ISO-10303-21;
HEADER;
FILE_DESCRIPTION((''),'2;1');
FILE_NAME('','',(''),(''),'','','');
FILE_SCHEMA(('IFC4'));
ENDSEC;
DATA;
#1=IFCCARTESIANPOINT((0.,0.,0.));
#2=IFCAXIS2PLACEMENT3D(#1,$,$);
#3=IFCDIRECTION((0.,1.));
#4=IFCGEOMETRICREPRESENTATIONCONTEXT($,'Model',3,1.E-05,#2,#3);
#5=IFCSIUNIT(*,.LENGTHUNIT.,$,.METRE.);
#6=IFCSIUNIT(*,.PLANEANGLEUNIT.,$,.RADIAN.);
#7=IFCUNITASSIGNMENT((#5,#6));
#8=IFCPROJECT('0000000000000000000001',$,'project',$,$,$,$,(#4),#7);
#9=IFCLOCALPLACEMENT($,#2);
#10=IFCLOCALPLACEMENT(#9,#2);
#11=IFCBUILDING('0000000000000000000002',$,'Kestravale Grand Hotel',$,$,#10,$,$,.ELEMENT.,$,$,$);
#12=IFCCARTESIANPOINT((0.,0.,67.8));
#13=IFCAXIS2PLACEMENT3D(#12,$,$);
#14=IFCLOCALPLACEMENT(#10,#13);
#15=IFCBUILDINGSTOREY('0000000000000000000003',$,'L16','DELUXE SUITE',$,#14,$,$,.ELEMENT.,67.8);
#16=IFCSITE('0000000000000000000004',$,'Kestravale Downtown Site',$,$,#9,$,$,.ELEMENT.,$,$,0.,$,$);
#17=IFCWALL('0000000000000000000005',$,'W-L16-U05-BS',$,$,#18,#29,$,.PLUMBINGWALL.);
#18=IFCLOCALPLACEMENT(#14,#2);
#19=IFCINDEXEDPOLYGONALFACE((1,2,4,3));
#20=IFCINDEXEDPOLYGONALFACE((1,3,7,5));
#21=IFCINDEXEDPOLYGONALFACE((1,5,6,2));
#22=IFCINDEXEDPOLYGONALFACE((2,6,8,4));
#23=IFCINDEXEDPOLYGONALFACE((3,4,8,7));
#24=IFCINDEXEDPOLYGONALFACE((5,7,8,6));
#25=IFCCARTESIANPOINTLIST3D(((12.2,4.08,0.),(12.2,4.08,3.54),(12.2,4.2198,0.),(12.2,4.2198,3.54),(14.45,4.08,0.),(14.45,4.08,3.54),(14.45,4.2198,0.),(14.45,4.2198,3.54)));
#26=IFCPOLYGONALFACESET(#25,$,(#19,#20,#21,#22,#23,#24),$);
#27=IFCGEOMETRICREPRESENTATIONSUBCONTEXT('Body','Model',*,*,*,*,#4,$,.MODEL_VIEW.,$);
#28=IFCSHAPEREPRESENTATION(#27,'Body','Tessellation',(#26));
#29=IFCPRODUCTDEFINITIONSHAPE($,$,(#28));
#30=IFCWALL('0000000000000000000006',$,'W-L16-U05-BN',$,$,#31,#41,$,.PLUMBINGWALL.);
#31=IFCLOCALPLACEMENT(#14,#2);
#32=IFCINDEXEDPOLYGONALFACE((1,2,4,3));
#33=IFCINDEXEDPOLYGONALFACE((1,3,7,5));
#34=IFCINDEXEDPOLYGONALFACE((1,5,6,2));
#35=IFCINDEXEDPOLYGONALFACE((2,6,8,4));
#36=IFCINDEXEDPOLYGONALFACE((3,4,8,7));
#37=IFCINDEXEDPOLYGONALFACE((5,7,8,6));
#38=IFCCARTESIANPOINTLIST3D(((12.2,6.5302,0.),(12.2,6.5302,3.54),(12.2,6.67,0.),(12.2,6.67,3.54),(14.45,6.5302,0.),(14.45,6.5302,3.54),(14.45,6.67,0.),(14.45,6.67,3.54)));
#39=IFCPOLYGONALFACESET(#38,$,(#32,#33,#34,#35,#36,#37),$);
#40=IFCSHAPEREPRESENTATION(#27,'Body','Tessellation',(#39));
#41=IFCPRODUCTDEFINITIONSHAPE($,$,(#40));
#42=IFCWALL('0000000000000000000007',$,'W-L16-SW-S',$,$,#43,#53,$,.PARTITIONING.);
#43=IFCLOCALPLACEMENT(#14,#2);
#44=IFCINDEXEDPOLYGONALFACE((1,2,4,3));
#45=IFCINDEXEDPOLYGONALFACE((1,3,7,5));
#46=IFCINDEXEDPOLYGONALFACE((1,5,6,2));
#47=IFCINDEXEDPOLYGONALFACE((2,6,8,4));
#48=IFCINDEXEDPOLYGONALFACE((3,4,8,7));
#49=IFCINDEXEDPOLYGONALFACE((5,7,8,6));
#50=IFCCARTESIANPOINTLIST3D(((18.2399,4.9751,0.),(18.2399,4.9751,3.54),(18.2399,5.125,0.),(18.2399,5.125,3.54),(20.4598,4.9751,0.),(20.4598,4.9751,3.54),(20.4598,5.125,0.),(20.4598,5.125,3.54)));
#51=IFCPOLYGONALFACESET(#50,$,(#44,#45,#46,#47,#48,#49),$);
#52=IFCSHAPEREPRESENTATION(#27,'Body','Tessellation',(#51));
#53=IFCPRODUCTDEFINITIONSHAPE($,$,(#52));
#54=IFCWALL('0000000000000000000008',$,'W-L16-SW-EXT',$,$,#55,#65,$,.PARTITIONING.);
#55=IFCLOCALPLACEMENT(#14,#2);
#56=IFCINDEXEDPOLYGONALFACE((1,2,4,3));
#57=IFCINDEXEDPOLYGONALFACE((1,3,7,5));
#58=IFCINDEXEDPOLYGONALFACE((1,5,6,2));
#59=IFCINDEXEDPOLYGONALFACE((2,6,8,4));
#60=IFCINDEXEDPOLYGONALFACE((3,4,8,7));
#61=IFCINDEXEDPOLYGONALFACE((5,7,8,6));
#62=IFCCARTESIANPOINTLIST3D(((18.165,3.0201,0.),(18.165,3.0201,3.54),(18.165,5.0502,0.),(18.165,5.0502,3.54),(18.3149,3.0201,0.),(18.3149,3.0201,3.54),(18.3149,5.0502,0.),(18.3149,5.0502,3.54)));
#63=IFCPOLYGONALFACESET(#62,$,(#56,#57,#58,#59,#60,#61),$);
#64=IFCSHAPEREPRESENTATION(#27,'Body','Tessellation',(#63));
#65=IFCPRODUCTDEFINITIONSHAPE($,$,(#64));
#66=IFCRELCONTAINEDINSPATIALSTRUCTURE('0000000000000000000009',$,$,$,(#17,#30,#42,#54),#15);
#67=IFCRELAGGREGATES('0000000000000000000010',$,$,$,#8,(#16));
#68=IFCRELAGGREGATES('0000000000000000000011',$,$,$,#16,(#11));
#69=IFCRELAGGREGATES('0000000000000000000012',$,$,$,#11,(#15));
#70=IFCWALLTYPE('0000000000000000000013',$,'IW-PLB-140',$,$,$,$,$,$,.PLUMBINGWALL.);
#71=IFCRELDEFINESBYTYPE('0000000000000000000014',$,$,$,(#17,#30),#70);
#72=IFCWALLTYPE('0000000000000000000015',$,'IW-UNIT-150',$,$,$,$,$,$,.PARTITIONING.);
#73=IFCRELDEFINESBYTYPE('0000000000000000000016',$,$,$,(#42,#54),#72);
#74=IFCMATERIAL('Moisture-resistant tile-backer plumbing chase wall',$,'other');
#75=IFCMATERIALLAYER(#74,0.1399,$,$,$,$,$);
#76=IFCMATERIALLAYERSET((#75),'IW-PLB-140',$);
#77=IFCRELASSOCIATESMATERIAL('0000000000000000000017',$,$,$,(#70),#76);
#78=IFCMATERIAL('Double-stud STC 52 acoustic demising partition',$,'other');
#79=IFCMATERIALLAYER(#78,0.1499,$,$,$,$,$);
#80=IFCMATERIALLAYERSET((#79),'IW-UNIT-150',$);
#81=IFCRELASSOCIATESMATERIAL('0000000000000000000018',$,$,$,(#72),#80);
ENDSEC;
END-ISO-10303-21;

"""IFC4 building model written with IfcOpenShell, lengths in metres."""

from ifc_helpers import new_model, si_unit, direction, frame, frame_2d, origin, place, context, subcontext, project, spatial, rectangle, extrude, material, layer, layer_set, type_object, element, save


model = new_model("IFC4")

# Units and contexts
model_context = context("Model", 3, precision=1e-05, world=origin(), true_north=direction((0.0, 1.0)))
body_context = subcontext(model_context, "Body", "Model", "MODEL_VIEW")
ifc_project = project(units=[si_unit("LENGTHUNIT", "METRE"), si_unit("PLANEANGLEUNIT", "RADIAN")], contexts=[model_context])

# Site, building, storey
site_placement = place(None, origin())
site = spatial("IfcSite", under=ifc_project, at=site_placement, Name="Kestravale Downtown Site", CompositionType="ELEMENT", RefElevation=0.0)
building_placement = place(site_placement, origin())
building = spatial("IfcBuilding", under=site, at=building_placement, Name="Kestravale Grand Hotel", CompositionType="ELEMENT")
storey_placement = place(building_placement, frame((0.0, 0.0, 67.8)))
storey = spatial("IfcBuildingStorey", under=building, at=storey_placement, Name="L16", Description="DELUXE SUITE", CompositionType="ELEMENT", Elevation=67.8)

# Shared definitions
ifc_material_1 = material(Name="Moisture-resistant tile-backer plumbing chase wall", Category="other")
ifc_layer_1 = layer(ifc_material_1, 0.1399)
ifc_layer_set_1 = layer_set([ifc_layer_1], Name="IW-PLB-140")
wall_type_1 = type_object("IfcWallType", Name="IW-PLB-140", PredefinedType="PLUMBINGWALL", material=ifc_layer_set_1)

# Walls
for number, where, z_axis, x_axis, name in (
    (1, (12.2, 4.1499, 0.0), (0.0, 0.0, 1.0), (1.0, 0.0, 0.0), "W-L16-U05-BS"),
    (2, (12.2, 6.6001, 0.0), (0.0, 0.0, 1.0), (1.0, 0.0, 0.0), "W-L16-U05-BN"),
):
    element("IfcWall", number, at=place(storey_placement, frame(where, z_axis=z_axis, x_axis=x_axis)), inside=storey, type_object=wall_type_1, Name=name, PredefinedType="PLUMBINGWALL", context=body_context, shape_type="SweptSolid", body=[
        extrude(rectangle(XDim=2.25, YDim=0.1399, at=frame_2d((1.125, 0.0))), origin(), (0.0, 0.0, 1.0), 3.54),
    ])
ifc_material_2 = material(Name="Double-stud STC 52 acoustic demising partition", Category="other")
ifc_layer_2 = layer(ifc_material_2, 0.1499)
ifc_layer_set_2 = layer_set([ifc_layer_2], Name="IW-UNIT-150")
wall_type_2 = type_object("IfcWallType", Name="IW-UNIT-150", PredefinedType="PARTITIONING", material=ifc_layer_set_2)
wall_1_placement = place(storey_placement, frame((18.24, 5.05, 0.0), z_axis=(0.0, 0.0, 1.0), x_axis=(1.0, 0.0, 0.0)))
element("IfcWall", 3, at=wall_1_placement, inside=storey, type_object=wall_type_2, Name="W-L16-SW-S", PredefinedType="PARTITIONING", context=body_context, shape_type="SweptSolid", body=[
    extrude(rectangle(XDim=2.22, YDim=0.1499, at=frame_2d((1.1099, 0.0))), origin(), (0.0, 0.0, 1.0), 3.54),
])
wall_2_placement = place(storey_placement, frame((18.24, 3.02, 0.0), z_axis=(0.0, 0.0, 1.0), x_axis=(0.0, 1.0, 0.0)))
element("IfcWall", 4, at=wall_2_placement, inside=storey, type_object=wall_type_2, Name="W-L16-SW-EXT", PredefinedType="PARTITIONING", context=body_context, shape_type="SweptSolid", body=[
    extrude(rectangle(XDim=2.03, YDim=0.1499, at=frame_2d((1.0151, 0.0))), origin(), (0.0, 0.0, 1.0), 3.54),
])

save(model, "model.ifc")
